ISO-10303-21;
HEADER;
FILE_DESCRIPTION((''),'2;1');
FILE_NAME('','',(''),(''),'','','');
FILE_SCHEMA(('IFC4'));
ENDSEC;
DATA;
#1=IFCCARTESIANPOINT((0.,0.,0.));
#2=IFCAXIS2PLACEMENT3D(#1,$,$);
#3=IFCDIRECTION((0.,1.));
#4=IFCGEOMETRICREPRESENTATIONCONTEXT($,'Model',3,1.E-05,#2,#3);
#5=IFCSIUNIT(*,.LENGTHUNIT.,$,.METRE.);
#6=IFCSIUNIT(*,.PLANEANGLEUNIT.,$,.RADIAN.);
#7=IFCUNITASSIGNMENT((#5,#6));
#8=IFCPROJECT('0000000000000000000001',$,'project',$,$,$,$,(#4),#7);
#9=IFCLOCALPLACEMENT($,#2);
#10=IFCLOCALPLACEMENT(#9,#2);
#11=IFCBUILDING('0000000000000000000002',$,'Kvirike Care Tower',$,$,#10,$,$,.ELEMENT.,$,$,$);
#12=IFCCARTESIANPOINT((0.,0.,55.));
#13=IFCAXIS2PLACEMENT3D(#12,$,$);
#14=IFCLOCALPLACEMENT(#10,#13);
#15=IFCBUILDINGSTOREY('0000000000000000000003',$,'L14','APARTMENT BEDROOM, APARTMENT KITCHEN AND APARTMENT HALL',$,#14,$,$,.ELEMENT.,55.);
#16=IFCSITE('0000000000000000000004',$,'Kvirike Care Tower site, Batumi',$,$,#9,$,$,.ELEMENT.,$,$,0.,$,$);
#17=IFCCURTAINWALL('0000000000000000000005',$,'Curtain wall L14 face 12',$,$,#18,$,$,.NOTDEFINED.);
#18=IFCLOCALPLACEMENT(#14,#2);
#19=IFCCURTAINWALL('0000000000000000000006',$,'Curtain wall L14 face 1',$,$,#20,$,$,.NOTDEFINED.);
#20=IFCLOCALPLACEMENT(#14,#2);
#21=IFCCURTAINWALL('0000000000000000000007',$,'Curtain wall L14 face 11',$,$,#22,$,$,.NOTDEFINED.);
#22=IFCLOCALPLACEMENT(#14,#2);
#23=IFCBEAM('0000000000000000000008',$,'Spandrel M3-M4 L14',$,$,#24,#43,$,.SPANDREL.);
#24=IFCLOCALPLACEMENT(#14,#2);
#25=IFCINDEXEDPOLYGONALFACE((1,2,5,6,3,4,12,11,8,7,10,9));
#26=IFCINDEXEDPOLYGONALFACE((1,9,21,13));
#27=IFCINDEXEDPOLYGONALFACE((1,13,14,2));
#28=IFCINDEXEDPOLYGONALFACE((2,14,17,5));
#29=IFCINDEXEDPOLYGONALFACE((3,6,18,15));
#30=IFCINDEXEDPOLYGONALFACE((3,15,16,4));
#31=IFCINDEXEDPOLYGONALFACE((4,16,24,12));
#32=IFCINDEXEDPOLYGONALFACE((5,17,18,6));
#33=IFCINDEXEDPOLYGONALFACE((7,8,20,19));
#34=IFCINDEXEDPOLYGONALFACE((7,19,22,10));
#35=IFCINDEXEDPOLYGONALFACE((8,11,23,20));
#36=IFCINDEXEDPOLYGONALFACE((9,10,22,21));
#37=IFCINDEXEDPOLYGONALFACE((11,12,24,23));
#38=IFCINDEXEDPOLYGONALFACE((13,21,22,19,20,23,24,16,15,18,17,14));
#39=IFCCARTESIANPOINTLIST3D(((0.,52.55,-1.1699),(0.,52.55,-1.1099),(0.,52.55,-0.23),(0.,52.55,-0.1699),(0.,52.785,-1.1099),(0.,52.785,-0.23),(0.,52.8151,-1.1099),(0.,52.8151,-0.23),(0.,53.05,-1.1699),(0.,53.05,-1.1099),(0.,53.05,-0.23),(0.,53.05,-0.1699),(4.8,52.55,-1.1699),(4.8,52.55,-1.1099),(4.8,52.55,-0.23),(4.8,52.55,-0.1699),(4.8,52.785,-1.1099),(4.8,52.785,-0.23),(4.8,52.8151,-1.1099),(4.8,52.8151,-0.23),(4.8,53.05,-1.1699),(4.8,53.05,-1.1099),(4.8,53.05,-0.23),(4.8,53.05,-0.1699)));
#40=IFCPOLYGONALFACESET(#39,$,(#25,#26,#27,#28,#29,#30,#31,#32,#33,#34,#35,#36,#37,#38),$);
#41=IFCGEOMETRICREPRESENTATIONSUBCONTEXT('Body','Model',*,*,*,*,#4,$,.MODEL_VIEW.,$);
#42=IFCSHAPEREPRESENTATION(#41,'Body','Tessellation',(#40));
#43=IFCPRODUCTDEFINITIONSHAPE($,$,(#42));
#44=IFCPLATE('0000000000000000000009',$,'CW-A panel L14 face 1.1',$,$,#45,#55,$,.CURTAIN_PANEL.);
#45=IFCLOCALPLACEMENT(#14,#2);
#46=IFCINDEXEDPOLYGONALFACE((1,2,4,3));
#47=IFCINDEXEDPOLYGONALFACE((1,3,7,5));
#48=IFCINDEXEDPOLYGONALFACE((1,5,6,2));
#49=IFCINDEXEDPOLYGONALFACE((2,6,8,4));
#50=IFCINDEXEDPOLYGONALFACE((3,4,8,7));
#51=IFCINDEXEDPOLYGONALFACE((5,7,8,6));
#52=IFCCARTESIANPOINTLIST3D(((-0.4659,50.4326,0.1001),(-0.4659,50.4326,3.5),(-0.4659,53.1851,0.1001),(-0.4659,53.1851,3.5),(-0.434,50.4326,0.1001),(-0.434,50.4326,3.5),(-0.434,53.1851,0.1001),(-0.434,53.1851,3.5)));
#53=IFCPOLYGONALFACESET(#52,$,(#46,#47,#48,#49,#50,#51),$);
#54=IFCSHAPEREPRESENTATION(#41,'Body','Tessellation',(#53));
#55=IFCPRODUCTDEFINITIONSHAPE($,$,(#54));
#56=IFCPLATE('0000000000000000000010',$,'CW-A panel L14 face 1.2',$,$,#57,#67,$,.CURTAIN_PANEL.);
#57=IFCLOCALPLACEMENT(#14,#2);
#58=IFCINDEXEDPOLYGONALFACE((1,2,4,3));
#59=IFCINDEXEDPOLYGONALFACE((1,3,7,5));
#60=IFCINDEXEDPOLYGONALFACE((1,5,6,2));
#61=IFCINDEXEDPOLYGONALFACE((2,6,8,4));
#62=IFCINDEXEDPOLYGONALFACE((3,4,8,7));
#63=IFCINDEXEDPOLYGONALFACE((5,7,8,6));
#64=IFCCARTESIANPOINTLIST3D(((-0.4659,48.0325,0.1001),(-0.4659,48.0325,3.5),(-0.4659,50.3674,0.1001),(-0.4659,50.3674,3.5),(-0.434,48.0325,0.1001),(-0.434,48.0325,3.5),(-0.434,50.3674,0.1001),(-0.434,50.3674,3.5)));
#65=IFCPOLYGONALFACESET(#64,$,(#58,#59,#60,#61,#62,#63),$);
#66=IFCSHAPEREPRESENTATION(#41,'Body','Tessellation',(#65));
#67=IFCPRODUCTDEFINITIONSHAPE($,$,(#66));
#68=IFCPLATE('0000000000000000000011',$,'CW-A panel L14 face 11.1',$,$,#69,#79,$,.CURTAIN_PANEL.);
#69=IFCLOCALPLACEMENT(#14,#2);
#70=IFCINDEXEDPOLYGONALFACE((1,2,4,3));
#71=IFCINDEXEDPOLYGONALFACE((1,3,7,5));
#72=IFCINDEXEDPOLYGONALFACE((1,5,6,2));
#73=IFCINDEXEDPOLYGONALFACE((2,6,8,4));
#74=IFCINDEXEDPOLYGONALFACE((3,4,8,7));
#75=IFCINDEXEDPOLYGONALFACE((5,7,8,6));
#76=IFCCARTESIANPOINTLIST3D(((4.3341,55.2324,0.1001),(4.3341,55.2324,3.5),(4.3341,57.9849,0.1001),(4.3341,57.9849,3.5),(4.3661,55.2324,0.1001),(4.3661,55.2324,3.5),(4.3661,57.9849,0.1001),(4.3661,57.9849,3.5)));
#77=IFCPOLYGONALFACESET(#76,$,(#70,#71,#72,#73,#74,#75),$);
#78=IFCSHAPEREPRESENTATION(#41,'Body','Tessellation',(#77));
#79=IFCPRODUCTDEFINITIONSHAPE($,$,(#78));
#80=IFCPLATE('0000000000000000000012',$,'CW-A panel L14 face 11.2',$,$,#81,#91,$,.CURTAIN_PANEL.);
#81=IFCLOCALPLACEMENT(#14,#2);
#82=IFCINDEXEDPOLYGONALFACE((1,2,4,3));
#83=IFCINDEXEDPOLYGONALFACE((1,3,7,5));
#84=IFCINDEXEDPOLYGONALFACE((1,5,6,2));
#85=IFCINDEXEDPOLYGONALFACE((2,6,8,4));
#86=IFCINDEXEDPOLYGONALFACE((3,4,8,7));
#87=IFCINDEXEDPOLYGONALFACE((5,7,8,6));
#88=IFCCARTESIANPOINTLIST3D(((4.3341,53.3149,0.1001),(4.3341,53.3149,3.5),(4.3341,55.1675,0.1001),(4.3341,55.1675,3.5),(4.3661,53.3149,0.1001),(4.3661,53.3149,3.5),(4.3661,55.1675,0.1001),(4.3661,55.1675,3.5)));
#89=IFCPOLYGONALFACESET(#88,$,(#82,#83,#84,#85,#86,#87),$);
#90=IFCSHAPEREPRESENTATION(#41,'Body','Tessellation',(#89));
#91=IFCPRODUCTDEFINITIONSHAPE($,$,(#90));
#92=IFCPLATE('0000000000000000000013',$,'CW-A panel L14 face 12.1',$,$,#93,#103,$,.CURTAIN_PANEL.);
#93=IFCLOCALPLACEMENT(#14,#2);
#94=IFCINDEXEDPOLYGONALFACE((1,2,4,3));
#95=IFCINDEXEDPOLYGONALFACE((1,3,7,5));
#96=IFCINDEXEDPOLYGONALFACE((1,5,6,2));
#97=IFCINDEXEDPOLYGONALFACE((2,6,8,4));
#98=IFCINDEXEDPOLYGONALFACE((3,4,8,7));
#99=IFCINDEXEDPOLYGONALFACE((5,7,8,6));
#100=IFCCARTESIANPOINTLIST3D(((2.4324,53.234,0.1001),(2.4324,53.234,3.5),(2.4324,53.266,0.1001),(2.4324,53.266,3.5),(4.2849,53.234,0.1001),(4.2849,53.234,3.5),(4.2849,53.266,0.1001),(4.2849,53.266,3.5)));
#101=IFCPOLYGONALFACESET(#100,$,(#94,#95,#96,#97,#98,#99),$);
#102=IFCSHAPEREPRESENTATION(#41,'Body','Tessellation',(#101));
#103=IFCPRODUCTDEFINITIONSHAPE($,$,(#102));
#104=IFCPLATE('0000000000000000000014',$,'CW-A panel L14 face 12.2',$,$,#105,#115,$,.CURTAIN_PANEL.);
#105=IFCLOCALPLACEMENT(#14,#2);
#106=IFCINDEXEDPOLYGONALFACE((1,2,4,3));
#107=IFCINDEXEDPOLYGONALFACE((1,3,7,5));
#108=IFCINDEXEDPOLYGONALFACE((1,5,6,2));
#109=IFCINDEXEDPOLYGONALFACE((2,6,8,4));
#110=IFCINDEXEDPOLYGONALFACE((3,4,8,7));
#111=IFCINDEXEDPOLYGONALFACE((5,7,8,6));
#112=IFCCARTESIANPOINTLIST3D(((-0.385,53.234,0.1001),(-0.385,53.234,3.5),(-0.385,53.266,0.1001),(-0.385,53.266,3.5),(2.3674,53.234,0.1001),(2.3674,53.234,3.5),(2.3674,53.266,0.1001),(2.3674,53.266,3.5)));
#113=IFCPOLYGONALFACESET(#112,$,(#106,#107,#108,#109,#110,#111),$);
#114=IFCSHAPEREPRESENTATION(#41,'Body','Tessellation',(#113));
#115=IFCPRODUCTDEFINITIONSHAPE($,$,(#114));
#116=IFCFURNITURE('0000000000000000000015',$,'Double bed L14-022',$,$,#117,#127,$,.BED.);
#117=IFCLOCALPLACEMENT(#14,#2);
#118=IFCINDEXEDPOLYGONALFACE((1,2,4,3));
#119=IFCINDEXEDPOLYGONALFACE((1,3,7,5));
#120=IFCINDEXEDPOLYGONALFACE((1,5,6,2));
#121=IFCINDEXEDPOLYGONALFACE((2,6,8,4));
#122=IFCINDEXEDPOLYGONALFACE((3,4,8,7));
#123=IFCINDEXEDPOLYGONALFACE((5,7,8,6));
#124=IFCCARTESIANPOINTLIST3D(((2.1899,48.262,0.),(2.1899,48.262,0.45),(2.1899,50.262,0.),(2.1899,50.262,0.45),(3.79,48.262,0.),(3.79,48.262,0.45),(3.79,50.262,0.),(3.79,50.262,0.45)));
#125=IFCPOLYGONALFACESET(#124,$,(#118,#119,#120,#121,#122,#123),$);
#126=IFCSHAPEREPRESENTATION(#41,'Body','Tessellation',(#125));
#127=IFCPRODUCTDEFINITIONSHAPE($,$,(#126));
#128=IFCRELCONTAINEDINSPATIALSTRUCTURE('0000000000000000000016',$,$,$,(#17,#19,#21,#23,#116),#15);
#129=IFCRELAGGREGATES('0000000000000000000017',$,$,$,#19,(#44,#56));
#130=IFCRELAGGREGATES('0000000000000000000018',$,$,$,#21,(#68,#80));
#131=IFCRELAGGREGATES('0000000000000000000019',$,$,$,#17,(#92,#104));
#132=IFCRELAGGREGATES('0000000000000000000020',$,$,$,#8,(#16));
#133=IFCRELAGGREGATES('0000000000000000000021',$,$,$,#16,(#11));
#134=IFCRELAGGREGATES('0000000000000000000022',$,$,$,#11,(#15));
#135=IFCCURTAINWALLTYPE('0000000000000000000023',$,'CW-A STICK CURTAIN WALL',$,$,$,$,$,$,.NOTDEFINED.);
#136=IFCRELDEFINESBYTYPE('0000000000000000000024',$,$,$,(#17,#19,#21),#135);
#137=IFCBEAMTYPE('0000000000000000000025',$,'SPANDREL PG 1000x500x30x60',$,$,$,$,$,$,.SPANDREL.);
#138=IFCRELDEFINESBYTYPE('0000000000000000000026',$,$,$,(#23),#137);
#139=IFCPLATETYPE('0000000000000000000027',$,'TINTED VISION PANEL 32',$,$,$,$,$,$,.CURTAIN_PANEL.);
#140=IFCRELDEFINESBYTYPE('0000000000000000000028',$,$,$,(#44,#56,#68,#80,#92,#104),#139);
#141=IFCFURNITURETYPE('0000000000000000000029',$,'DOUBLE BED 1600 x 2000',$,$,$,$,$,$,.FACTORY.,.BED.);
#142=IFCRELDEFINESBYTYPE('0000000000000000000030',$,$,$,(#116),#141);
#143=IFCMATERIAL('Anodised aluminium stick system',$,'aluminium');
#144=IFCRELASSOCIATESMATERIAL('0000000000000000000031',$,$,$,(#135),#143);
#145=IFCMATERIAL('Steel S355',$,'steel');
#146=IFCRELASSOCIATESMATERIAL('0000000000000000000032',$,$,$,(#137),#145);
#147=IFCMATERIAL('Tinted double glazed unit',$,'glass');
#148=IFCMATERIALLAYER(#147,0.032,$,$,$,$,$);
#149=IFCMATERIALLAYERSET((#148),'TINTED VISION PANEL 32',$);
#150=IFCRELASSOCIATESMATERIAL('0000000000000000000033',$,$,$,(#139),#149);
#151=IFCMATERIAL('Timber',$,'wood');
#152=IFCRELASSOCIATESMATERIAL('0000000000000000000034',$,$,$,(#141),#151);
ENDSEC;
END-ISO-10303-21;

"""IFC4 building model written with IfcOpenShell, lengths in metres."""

from ifc_helpers import new_model, si_unit, direction, frame, origin, origin_2d, place, context, subcontext, project, spatial, rectangle, i_section, extrude, material, layer, layer_set, material_profile, profile_set, type_object, element, aggregate, save


model = new_model("IFC4")

# Units and contexts
model_context = context("Model", 3, precision=1e-05, world=origin(), true_north=direction((0.0, 1.0)))
body_context = subcontext(model_context, "Body", "Model", "MODEL_VIEW")
ifc_project = project(units=[si_unit("LENGTHUNIT", "METRE"), si_unit("PLANEANGLEUNIT", "RADIAN")], contexts=[model_context])

# Site, building, storey
site_placement = place(None, origin())
site = spatial("IfcSite", under=ifc_project, at=site_placement, Name="Kvirike Care Tower site, Batumi", CompositionType="ELEMENT", RefElevation=0.0)
building_placement = place(site_placement, origin())
building = spatial("IfcBuilding", under=site, at=building_placement, Name="Kvirike Care Tower", CompositionType="ELEMENT")
storey_placement = place(building_placement, frame((0.0, 0.0, 55.0)))
storey = spatial("IfcBuildingStorey", under=building, at=storey_placement, Name="L14", Description="APARTMENT BEDROOM, APARTMENT KITCHEN AND APARTMENT HALL", CompositionType="ELEMENT", Elevation=55.0)

# Curtain wall
ifc_material_1 = material(Name="Anodised aluminium stick system", Category="aluminium")
curtain_wall_type = type_object("IfcCurtainWallType", Name="CW-A STICK CURTAIN WALL", PredefinedType="NOTDEFINED", material=ifc_material_1)
curtain_wall_1_placement = place(storey_placement, origin())
curtain_wall_1 = element("IfcCurtainWall", 1, at=curtain_wall_1_placement, inside=storey, type_object=curtain_wall_type, Name="Curtain wall L14 face 12", PredefinedType="NOTDEFINED")

# Curtain walls
curtain_wall_2_placement = place(storey_placement, origin())
curtain_wall_2 = element("IfcCurtainWall", 2, at=curtain_wall_2_placement, inside=storey, type_object=curtain_wall_type, Name="Curtain wall L14 face 1", PredefinedType="NOTDEFINED")
curtain_wall_3_placement = place(storey_placement, origin())
curtain_wall_3 = element("IfcCurtainWall", 3, at=curtain_wall_3_placement, inside=storey, type_object=curtain_wall_type, Name="Curtain wall L14 face 11", PredefinedType="NOTDEFINED")

# Beam
ifc_material_2 = material(Name="Steel S355", Category="steel")
ifc_material_profile_1 = material_profile(ifc_material_2, i_section(OverallWidth=0.5, OverallDepth=1.0, WebThickness=0.03, FlangeThickness=0.0601, at=origin_2d()), Name="PG 1000x500x30x60")
ifc_profile_set_1 = profile_set([ifc_material_profile_1], Name="Steel S355")
beam_type = type_object("IfcBeamType", Name="SPANDREL PG 1000x500x30x60", PredefinedType="SPANDREL", material=ifc_profile_set_1)
beam_placement = place(storey_placement, frame((0.0, 52.8, -0.6699), z_axis=(1.0, 0.0, 0.0), x_axis=(0.0, 1.0, 0.0)))
element("IfcBeam", 4, at=beam_placement, inside=storey, type_object=beam_type, Name="Spandrel M3-M4 L14", PredefinedType="SPANDREL", context=body_context, shape_type="SweptSolid", body=[
    extrude(i_section(OverallWidth=0.5, OverallDepth=1.0, WebThickness=0.03, FlangeThickness=0.0601, at=origin_2d()), origin(), (0.0, 0.0, 1.0), 4.8),
])

# Plates
ifc_material_3 = material(Name="Tinted double glazed unit", Category="glass")
ifc_layer = layer(ifc_material_3, 0.032)
ifc_layer_set = layer_set([ifc_layer], Name="TINTED VISION PANEL 32")
plate_type = type_object("IfcPlateType", Name="TINTED VISION PANEL 32", PredefinedType="CURTAIN_PANEL", material=ifc_layer_set)
plate_1_placement = place(storey_placement, frame((-0.45, 51.8088, 0.1001), z_axis=(0.0, 0.0, 1.0), x_axis=(0.0, -1.0, 0.0)))
plate_1 = element("IfcPlate", 5, at=plate_1_placement, type_object=plate_type, Name="CW-A panel L14 face 1.1", PredefinedType="CURTAIN_PANEL", context=body_context, shape_type="SweptSolid", body=[
    extrude(rectangle(XDim=2.7524, YDim=0.032, at=origin_2d()), origin(), (0.0, 0.0, 1.0), 3.3999),
])
plate_2_placement = place(storey_placement, frame((-0.45, 49.2, 0.1001), z_axis=(0.0, 0.0, 1.0), x_axis=(0.0, -1.0, 0.0)))
plate_2 = element("IfcPlate", 6, at=plate_2_placement, type_object=plate_type, Name="CW-A panel L14 face 1.2", PredefinedType="CURTAIN_PANEL", context=body_context, shape_type="SweptSolid", body=[
    extrude(rectangle(XDim=2.335, YDim=0.032, at=origin_2d()), origin(), (0.0, 0.0, 1.0), 3.3999),
])
aggregate(curtain_wall_2, [plate_1, plate_2])
plate_3_placement = place(storey_placement, frame((4.3501, 56.6086, 0.1001), z_axis=(0.0, 0.0, 1.0), x_axis=(0.0, -1.0, 0.0)))
plate_3 = element("IfcPlate", 7, at=plate_3_placement, type_object=plate_type, Name="CW-A panel L14 face 11.1", PredefinedType="CURTAIN_PANEL", context=body_context, shape_type="SweptSolid", body=[
    extrude(rectangle(XDim=2.7524, YDim=0.032, at=origin_2d()), origin(), (0.0, 0.0, 1.0), 3.3999),
])
plate_4_placement = place(storey_placement, frame((4.3501, 54.2412, 0.1001), z_axis=(0.0, 0.0, 1.0), x_axis=(0.0, -1.0, 0.0)))
plate_4 = element("IfcPlate", 8, at=plate_4_placement, type_object=plate_type, Name="CW-A panel L14 face 11.2", PredefinedType="CURTAIN_PANEL", context=body_context, shape_type="SweptSolid", body=[
    extrude(rectangle(XDim=1.8525, YDim=0.032, at=origin_2d()), origin(), (0.0, 0.0, 1.0), 3.3999),
])
aggregate(curtain_wall_3, [plate_3, plate_4])
plate_5_placement = place(storey_placement, frame((3.3586, 53.25, 0.1001), z_axis=(0.0, 0.0, 1.0), x_axis=(-1.0, 0.0, 0.0)))
plate_5 = element("IfcPlate", 9, at=plate_5_placement, type_object=plate_type, Name="CW-A panel L14 face 12.1", PredefinedType="CURTAIN_PANEL", context=body_context, shape_type="SweptSolid", body=[
    extrude(rectangle(XDim=1.8525, YDim=0.032, at=origin_2d()), origin(), (0.0, 0.0, 1.0), 3.3999),
])
plate_6_placement = place(storey_placement, frame((0.9912, 53.25, 0.1001), z_axis=(0.0, 0.0, 1.0), x_axis=(-1.0, 0.0, 0.0)))
plate_6 = element("IfcPlate", 10, at=plate_6_placement, type_object=plate_type, Name="CW-A panel L14 face 12.2", PredefinedType="CURTAIN_PANEL", context=body_context, shape_type="SweptSolid", body=[
    extrude(rectangle(XDim=2.7524, YDim=0.032, at=origin_2d()), origin(), (0.0, 0.0, 1.0), 3.3999),
])
aggregate(curtain_wall_1, [plate_5, plate_6])

# Furniture
ifc_material_4 = material(Name="Timber", Category="wood")
furniture_type = type_object("IfcFurnitureType", Name="DOUBLE BED 1600 x 2000", AssemblyPlace="FACTORY", PredefinedType="BED", material=ifc_material_4)
furniture_placement = place(storey_placement, frame((2.99, 49.262, 0.0), z_axis=(0.0, 0.0, 1.0), x_axis=(-1.0, 0.0, 0.0)))
element("IfcFurniture", 11, at=furniture_placement, inside=storey, type_object=furniture_type, Name="Double bed L14-022", PredefinedType="BED", context=body_context, shape_type="SweptSolid", body=[
    extrude(rectangle(XDim=1.6001, YDim=2.0, at=origin_2d()), origin(), (0.0, 0.0, 1.0), 0.45),
])

save(model, "model.ifc")
